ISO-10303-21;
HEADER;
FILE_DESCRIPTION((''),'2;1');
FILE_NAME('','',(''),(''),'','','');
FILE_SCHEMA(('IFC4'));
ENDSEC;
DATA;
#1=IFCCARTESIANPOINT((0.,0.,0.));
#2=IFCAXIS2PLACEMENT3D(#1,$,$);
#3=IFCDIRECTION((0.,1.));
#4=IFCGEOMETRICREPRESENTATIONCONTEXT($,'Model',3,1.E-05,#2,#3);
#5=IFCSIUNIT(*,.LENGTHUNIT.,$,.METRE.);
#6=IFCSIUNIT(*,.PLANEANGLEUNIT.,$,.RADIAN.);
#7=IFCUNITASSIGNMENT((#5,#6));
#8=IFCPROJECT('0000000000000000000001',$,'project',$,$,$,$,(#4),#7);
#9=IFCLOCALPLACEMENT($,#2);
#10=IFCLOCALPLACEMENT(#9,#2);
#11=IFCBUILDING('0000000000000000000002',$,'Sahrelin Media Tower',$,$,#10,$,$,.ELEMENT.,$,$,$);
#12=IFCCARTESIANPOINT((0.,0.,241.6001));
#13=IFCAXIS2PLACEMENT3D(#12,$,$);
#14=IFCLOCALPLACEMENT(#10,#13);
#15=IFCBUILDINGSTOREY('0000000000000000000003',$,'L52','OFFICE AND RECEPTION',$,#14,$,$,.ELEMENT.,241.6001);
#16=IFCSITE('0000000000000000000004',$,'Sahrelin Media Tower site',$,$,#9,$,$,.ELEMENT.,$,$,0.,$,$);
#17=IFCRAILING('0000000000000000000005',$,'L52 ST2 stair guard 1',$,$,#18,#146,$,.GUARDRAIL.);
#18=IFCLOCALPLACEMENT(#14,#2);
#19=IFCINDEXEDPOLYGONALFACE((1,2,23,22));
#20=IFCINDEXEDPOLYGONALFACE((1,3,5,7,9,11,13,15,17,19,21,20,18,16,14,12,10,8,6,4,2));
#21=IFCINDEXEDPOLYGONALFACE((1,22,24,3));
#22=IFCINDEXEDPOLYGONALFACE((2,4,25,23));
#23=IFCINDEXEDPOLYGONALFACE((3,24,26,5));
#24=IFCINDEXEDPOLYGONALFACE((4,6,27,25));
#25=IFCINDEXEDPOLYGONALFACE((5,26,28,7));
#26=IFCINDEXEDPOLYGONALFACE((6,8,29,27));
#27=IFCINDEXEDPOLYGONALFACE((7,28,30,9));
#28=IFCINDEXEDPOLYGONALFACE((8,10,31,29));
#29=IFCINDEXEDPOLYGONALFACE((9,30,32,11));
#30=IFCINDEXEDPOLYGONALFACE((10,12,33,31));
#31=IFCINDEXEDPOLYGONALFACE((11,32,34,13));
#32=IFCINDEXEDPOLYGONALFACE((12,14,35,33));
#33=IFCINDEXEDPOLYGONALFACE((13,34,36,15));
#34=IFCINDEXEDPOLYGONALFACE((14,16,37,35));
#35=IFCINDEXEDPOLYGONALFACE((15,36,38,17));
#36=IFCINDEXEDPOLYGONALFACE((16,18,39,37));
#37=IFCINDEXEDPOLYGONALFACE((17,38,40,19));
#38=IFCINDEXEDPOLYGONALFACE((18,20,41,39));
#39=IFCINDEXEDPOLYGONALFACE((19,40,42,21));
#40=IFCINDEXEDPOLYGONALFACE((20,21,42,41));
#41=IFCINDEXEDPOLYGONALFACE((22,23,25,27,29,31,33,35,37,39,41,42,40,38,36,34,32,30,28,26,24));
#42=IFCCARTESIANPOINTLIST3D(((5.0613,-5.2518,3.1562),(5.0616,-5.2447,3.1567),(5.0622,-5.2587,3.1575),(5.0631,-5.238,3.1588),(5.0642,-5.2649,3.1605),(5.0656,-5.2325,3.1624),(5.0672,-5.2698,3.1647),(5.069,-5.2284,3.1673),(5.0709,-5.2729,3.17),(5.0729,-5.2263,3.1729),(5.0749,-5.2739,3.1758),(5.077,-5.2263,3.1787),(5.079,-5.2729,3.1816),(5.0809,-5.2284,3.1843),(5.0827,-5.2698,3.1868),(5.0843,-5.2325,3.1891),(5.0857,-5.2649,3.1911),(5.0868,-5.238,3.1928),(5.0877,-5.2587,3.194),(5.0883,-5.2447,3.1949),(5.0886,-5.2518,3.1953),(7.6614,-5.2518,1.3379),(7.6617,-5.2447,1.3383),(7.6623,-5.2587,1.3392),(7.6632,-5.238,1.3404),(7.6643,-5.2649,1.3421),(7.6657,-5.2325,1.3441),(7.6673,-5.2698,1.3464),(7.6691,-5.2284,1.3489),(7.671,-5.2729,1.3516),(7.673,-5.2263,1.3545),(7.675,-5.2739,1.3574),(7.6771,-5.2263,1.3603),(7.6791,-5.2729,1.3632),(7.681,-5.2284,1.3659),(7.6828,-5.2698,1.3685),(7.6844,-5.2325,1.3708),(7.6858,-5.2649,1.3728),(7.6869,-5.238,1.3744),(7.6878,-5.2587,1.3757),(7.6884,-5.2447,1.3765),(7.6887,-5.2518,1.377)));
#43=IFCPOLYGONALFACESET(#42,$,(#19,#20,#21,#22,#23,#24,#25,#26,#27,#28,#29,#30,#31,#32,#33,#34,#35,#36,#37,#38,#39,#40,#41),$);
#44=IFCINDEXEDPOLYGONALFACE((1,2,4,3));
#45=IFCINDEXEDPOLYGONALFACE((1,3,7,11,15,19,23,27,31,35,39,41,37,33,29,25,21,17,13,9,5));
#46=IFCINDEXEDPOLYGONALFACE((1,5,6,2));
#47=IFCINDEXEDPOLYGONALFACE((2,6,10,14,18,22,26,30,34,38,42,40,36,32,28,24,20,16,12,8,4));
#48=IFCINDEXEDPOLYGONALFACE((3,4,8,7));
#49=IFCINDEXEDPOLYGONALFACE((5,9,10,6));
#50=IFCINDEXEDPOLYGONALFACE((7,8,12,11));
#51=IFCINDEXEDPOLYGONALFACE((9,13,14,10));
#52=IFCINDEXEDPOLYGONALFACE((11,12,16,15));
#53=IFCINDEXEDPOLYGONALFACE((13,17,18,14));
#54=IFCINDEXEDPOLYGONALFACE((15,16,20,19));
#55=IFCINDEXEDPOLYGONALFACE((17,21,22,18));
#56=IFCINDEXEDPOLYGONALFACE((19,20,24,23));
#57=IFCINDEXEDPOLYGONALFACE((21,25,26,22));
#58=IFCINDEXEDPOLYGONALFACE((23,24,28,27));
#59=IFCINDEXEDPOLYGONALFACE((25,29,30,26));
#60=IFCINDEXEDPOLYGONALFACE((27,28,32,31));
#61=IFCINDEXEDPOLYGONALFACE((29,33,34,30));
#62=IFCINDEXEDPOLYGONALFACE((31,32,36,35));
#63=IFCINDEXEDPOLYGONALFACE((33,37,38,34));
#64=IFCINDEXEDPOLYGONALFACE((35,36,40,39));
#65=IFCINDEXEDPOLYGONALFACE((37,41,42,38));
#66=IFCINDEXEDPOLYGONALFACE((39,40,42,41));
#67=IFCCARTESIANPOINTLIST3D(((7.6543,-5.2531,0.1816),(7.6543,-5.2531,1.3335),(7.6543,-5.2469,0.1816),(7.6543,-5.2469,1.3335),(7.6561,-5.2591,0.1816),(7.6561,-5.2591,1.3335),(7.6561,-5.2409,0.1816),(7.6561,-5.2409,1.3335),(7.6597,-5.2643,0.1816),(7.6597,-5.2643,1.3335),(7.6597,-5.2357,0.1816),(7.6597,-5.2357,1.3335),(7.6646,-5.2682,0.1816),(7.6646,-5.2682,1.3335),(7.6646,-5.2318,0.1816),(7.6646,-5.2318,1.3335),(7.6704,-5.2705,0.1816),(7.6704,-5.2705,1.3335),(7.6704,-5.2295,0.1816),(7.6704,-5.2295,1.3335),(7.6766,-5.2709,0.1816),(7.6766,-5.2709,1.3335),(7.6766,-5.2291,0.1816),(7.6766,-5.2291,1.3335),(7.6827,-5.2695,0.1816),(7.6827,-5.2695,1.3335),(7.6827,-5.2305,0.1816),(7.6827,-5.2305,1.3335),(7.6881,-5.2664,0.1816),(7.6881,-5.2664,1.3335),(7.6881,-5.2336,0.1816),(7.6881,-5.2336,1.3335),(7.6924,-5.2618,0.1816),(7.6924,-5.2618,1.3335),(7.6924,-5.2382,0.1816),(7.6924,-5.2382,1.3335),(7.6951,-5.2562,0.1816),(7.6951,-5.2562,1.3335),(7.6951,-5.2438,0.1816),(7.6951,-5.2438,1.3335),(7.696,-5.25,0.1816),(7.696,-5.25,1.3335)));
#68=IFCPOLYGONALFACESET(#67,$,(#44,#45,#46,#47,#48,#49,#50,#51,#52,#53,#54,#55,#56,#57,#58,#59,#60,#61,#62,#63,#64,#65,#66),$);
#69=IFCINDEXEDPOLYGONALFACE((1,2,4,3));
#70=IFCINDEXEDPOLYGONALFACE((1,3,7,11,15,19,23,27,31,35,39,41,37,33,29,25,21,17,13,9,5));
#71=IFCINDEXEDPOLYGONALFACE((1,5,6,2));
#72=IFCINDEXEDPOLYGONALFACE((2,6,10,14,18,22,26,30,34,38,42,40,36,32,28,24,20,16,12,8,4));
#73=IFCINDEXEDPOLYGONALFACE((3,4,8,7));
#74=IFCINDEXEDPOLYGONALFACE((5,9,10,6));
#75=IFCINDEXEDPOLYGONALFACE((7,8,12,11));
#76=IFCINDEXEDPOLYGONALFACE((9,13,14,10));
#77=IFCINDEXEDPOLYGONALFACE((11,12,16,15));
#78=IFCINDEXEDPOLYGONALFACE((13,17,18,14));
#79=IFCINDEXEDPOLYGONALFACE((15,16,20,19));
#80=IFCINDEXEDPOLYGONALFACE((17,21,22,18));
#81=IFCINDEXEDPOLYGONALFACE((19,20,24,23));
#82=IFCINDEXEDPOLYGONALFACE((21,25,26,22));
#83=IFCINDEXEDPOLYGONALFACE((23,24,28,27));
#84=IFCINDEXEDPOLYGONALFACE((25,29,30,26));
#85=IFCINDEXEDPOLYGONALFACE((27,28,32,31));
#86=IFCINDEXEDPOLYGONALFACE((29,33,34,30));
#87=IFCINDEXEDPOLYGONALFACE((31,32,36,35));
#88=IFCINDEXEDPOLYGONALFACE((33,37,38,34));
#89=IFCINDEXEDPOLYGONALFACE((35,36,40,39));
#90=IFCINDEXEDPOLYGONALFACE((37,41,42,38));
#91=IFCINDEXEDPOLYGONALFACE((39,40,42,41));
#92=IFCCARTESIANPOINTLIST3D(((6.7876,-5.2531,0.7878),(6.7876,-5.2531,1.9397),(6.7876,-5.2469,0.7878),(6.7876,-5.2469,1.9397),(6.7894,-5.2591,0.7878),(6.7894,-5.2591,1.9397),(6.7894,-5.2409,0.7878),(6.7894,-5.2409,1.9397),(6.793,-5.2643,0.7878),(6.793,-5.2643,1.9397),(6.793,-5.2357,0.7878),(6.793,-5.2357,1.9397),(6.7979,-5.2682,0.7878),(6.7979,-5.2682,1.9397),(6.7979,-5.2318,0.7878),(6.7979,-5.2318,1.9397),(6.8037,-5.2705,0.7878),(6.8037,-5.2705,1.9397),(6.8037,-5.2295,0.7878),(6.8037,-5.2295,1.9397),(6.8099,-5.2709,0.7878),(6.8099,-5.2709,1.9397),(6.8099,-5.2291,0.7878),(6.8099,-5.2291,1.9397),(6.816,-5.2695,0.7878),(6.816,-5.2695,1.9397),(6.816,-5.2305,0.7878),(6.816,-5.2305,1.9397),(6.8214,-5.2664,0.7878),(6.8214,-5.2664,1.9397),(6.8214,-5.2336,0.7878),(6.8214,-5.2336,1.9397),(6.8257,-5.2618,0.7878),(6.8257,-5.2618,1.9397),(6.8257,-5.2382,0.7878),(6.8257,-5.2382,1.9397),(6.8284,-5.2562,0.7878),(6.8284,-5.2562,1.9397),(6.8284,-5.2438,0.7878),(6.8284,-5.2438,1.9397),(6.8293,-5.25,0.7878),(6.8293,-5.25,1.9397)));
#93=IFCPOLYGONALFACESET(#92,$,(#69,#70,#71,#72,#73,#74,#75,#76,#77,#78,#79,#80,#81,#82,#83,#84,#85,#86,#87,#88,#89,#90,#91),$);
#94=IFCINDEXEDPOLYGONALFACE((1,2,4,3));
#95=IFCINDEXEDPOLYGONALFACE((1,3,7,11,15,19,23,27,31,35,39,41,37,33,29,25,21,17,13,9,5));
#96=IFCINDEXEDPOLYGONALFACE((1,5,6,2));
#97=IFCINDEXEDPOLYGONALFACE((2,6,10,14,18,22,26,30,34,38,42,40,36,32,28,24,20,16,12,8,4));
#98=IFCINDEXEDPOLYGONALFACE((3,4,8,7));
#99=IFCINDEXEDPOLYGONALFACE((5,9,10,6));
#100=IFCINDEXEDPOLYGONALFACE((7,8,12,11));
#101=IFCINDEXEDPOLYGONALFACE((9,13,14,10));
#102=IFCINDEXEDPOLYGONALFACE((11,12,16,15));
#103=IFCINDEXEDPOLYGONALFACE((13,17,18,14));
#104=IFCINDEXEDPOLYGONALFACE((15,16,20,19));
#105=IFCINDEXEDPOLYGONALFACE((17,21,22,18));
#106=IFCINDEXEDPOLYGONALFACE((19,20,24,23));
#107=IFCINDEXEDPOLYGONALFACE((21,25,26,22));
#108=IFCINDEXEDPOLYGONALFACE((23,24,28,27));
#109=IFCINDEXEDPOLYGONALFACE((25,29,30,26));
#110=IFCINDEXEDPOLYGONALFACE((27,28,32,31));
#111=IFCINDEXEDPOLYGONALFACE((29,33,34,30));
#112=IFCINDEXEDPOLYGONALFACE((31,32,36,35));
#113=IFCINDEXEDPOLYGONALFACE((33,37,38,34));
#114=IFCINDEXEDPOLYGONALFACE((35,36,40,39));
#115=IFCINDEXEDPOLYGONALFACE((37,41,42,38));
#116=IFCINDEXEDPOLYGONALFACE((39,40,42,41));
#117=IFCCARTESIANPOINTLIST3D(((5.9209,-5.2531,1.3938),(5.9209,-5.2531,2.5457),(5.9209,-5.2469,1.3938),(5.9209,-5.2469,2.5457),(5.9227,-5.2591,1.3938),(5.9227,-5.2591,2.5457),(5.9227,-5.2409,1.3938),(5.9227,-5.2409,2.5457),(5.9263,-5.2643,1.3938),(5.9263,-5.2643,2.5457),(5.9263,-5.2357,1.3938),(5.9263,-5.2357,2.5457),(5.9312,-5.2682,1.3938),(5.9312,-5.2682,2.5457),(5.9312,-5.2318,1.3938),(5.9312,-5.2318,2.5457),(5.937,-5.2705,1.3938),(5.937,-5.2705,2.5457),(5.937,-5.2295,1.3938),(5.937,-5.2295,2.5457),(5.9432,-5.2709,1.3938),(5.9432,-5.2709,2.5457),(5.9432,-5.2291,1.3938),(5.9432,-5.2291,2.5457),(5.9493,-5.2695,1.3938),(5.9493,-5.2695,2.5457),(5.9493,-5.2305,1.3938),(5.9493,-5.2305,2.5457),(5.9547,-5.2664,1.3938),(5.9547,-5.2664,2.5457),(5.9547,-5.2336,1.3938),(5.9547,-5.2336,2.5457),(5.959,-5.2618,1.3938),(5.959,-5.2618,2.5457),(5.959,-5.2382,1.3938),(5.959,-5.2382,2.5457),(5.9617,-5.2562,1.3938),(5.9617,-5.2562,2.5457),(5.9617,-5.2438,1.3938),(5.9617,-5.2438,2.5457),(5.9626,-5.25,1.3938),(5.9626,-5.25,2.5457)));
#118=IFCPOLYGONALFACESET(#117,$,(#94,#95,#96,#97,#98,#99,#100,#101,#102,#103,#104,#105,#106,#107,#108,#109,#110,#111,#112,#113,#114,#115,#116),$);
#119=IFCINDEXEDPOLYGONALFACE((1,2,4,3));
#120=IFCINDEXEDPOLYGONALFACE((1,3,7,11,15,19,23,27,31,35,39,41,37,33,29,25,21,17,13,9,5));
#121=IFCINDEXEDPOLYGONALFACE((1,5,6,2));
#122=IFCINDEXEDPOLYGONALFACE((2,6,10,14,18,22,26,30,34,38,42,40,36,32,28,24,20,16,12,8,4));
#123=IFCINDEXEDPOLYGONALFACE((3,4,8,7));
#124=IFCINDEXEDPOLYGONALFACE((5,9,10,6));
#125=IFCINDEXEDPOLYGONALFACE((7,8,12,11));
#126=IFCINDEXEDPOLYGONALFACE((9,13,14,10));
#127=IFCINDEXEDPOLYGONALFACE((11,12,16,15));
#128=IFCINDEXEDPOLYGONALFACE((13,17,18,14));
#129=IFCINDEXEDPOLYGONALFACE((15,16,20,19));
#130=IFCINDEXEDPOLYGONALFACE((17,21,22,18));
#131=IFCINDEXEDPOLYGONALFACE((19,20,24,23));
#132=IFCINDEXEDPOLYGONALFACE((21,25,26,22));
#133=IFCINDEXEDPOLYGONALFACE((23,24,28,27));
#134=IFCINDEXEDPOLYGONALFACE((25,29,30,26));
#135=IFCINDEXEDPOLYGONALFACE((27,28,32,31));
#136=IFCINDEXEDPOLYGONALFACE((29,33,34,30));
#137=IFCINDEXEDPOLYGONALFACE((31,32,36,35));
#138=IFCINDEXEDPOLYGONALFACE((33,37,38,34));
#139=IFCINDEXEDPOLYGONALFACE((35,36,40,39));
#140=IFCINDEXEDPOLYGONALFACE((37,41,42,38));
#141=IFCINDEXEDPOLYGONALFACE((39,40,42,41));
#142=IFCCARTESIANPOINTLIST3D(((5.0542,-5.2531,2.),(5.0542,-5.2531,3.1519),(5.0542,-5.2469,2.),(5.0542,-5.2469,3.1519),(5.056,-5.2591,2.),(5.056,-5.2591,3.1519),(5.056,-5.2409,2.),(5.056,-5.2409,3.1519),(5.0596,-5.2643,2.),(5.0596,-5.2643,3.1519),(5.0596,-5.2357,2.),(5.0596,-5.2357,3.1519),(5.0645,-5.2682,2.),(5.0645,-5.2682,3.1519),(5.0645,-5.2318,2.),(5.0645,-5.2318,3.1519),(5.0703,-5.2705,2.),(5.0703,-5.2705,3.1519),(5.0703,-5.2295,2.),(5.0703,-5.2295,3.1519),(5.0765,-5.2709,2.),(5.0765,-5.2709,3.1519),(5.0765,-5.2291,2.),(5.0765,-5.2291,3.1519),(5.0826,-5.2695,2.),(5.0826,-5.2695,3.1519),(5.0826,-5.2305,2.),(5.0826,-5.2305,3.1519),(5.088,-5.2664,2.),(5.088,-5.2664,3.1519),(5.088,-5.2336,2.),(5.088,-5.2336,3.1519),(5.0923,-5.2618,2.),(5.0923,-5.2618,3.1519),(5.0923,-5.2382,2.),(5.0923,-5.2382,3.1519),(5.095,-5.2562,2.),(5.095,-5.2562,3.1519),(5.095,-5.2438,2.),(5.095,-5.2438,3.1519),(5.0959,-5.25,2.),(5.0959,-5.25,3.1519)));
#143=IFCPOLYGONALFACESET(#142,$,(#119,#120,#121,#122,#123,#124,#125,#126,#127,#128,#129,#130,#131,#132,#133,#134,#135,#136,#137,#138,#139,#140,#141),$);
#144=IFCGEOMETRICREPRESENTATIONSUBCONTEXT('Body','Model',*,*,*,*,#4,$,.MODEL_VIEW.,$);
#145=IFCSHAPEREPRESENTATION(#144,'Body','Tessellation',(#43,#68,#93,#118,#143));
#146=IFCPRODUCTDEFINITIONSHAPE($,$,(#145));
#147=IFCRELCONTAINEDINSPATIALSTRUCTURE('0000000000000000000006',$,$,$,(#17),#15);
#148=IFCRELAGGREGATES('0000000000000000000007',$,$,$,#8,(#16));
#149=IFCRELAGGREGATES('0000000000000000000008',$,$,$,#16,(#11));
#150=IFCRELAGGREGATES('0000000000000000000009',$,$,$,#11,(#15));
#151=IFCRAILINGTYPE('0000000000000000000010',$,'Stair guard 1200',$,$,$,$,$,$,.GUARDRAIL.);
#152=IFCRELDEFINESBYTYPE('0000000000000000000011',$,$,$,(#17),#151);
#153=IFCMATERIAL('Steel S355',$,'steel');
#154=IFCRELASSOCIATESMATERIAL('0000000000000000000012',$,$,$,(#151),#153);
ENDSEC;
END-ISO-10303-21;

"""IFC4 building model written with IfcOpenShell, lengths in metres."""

from ifc_helpers import new_model, si_unit, direction, frame, origin, origin_2d, place, context, subcontext, project, spatial, circle, extrude, material, type_object, element, save


model = new_model("IFC4")

# Units and contexts
model_context = context("Model", 3, precision=1e-05, world=origin(), true_north=direction((0.0, 1.0)))
body_context = subcontext(model_context, "Body", "Model", "MODEL_VIEW")
ifc_project = project(units=[si_unit("LENGTHUNIT", "METRE"), si_unit("PLANEANGLEUNIT", "RADIAN")], contexts=[model_context])

# Site, building, storey
site_placement = place(None, origin())
site = spatial("IfcSite", under=ifc_project, at=site_placement, Name="Sahrelin Media Tower site", CompositionType="ELEMENT", RefElevation=0.0)
building_placement = place(site_placement, origin())
building = spatial("IfcBuilding", under=site, at=building_placement, Name="Sahrelin Media Tower", CompositionType="ELEMENT")
storey_placement = place(building_placement, frame((0.0, 0.0, 241.6001)))
storey = spatial("IfcBuildingStorey", under=building, at=storey_placement, Name="L52", Description="OFFICE AND RECEPTION", CompositionType="ELEMENT", Elevation=241.6001)

# Shared definitions
ifc_material_1 = material(Name="Steel S355", Category="steel")

# Railing
railing_type_1 = type_object("IfcRailingType", Name="Stair guard 1200", PredefinedType="GUARDRAIL", material=ifc_material_1)
railing_1_placement = place(storey_placement, frame((7.675, -5.25, 0.1816)))
element("IfcRailing", 1, at=railing_1_placement, inside=storey, type_object=railing_type_1, Name="L52 ST2 stair guard 1", PredefinedType="GUARDRAIL", context=body_context, shape_type="SweptSolid", body=[
    extrude(circle(Radius=0.0239, at=origin_2d()), frame((0.0, 0.0, 1.1758), z_axis=(-0.819485, 0.0, 0.573101), x_axis=(0.0, -1.0, 0.0)), (0.0, 0.0, 1.0), 3.1729),
    extrude(circle(Radius=0.021, at=origin_2d()), origin(), (0.0, 0.0, 1.0), 1.1519),
    extrude(circle(Radius=0.021, at=origin_2d()), frame((-0.8667, 0.0, 0.6062)), (0.0, 0.0, 1.0), 1.1519),
    extrude(circle(Radius=0.021, at=origin_2d()), frame((-1.7334, 0.0, 1.2122)), (0.0, 0.0, 1.0), 1.1519),
    extrude(circle(Radius=0.021, at=origin_2d()), frame((-2.6001, 0.0, 1.8184)), (0.0, 0.0, 1.0), 1.1519),
])

save(model, "model.ifc")
